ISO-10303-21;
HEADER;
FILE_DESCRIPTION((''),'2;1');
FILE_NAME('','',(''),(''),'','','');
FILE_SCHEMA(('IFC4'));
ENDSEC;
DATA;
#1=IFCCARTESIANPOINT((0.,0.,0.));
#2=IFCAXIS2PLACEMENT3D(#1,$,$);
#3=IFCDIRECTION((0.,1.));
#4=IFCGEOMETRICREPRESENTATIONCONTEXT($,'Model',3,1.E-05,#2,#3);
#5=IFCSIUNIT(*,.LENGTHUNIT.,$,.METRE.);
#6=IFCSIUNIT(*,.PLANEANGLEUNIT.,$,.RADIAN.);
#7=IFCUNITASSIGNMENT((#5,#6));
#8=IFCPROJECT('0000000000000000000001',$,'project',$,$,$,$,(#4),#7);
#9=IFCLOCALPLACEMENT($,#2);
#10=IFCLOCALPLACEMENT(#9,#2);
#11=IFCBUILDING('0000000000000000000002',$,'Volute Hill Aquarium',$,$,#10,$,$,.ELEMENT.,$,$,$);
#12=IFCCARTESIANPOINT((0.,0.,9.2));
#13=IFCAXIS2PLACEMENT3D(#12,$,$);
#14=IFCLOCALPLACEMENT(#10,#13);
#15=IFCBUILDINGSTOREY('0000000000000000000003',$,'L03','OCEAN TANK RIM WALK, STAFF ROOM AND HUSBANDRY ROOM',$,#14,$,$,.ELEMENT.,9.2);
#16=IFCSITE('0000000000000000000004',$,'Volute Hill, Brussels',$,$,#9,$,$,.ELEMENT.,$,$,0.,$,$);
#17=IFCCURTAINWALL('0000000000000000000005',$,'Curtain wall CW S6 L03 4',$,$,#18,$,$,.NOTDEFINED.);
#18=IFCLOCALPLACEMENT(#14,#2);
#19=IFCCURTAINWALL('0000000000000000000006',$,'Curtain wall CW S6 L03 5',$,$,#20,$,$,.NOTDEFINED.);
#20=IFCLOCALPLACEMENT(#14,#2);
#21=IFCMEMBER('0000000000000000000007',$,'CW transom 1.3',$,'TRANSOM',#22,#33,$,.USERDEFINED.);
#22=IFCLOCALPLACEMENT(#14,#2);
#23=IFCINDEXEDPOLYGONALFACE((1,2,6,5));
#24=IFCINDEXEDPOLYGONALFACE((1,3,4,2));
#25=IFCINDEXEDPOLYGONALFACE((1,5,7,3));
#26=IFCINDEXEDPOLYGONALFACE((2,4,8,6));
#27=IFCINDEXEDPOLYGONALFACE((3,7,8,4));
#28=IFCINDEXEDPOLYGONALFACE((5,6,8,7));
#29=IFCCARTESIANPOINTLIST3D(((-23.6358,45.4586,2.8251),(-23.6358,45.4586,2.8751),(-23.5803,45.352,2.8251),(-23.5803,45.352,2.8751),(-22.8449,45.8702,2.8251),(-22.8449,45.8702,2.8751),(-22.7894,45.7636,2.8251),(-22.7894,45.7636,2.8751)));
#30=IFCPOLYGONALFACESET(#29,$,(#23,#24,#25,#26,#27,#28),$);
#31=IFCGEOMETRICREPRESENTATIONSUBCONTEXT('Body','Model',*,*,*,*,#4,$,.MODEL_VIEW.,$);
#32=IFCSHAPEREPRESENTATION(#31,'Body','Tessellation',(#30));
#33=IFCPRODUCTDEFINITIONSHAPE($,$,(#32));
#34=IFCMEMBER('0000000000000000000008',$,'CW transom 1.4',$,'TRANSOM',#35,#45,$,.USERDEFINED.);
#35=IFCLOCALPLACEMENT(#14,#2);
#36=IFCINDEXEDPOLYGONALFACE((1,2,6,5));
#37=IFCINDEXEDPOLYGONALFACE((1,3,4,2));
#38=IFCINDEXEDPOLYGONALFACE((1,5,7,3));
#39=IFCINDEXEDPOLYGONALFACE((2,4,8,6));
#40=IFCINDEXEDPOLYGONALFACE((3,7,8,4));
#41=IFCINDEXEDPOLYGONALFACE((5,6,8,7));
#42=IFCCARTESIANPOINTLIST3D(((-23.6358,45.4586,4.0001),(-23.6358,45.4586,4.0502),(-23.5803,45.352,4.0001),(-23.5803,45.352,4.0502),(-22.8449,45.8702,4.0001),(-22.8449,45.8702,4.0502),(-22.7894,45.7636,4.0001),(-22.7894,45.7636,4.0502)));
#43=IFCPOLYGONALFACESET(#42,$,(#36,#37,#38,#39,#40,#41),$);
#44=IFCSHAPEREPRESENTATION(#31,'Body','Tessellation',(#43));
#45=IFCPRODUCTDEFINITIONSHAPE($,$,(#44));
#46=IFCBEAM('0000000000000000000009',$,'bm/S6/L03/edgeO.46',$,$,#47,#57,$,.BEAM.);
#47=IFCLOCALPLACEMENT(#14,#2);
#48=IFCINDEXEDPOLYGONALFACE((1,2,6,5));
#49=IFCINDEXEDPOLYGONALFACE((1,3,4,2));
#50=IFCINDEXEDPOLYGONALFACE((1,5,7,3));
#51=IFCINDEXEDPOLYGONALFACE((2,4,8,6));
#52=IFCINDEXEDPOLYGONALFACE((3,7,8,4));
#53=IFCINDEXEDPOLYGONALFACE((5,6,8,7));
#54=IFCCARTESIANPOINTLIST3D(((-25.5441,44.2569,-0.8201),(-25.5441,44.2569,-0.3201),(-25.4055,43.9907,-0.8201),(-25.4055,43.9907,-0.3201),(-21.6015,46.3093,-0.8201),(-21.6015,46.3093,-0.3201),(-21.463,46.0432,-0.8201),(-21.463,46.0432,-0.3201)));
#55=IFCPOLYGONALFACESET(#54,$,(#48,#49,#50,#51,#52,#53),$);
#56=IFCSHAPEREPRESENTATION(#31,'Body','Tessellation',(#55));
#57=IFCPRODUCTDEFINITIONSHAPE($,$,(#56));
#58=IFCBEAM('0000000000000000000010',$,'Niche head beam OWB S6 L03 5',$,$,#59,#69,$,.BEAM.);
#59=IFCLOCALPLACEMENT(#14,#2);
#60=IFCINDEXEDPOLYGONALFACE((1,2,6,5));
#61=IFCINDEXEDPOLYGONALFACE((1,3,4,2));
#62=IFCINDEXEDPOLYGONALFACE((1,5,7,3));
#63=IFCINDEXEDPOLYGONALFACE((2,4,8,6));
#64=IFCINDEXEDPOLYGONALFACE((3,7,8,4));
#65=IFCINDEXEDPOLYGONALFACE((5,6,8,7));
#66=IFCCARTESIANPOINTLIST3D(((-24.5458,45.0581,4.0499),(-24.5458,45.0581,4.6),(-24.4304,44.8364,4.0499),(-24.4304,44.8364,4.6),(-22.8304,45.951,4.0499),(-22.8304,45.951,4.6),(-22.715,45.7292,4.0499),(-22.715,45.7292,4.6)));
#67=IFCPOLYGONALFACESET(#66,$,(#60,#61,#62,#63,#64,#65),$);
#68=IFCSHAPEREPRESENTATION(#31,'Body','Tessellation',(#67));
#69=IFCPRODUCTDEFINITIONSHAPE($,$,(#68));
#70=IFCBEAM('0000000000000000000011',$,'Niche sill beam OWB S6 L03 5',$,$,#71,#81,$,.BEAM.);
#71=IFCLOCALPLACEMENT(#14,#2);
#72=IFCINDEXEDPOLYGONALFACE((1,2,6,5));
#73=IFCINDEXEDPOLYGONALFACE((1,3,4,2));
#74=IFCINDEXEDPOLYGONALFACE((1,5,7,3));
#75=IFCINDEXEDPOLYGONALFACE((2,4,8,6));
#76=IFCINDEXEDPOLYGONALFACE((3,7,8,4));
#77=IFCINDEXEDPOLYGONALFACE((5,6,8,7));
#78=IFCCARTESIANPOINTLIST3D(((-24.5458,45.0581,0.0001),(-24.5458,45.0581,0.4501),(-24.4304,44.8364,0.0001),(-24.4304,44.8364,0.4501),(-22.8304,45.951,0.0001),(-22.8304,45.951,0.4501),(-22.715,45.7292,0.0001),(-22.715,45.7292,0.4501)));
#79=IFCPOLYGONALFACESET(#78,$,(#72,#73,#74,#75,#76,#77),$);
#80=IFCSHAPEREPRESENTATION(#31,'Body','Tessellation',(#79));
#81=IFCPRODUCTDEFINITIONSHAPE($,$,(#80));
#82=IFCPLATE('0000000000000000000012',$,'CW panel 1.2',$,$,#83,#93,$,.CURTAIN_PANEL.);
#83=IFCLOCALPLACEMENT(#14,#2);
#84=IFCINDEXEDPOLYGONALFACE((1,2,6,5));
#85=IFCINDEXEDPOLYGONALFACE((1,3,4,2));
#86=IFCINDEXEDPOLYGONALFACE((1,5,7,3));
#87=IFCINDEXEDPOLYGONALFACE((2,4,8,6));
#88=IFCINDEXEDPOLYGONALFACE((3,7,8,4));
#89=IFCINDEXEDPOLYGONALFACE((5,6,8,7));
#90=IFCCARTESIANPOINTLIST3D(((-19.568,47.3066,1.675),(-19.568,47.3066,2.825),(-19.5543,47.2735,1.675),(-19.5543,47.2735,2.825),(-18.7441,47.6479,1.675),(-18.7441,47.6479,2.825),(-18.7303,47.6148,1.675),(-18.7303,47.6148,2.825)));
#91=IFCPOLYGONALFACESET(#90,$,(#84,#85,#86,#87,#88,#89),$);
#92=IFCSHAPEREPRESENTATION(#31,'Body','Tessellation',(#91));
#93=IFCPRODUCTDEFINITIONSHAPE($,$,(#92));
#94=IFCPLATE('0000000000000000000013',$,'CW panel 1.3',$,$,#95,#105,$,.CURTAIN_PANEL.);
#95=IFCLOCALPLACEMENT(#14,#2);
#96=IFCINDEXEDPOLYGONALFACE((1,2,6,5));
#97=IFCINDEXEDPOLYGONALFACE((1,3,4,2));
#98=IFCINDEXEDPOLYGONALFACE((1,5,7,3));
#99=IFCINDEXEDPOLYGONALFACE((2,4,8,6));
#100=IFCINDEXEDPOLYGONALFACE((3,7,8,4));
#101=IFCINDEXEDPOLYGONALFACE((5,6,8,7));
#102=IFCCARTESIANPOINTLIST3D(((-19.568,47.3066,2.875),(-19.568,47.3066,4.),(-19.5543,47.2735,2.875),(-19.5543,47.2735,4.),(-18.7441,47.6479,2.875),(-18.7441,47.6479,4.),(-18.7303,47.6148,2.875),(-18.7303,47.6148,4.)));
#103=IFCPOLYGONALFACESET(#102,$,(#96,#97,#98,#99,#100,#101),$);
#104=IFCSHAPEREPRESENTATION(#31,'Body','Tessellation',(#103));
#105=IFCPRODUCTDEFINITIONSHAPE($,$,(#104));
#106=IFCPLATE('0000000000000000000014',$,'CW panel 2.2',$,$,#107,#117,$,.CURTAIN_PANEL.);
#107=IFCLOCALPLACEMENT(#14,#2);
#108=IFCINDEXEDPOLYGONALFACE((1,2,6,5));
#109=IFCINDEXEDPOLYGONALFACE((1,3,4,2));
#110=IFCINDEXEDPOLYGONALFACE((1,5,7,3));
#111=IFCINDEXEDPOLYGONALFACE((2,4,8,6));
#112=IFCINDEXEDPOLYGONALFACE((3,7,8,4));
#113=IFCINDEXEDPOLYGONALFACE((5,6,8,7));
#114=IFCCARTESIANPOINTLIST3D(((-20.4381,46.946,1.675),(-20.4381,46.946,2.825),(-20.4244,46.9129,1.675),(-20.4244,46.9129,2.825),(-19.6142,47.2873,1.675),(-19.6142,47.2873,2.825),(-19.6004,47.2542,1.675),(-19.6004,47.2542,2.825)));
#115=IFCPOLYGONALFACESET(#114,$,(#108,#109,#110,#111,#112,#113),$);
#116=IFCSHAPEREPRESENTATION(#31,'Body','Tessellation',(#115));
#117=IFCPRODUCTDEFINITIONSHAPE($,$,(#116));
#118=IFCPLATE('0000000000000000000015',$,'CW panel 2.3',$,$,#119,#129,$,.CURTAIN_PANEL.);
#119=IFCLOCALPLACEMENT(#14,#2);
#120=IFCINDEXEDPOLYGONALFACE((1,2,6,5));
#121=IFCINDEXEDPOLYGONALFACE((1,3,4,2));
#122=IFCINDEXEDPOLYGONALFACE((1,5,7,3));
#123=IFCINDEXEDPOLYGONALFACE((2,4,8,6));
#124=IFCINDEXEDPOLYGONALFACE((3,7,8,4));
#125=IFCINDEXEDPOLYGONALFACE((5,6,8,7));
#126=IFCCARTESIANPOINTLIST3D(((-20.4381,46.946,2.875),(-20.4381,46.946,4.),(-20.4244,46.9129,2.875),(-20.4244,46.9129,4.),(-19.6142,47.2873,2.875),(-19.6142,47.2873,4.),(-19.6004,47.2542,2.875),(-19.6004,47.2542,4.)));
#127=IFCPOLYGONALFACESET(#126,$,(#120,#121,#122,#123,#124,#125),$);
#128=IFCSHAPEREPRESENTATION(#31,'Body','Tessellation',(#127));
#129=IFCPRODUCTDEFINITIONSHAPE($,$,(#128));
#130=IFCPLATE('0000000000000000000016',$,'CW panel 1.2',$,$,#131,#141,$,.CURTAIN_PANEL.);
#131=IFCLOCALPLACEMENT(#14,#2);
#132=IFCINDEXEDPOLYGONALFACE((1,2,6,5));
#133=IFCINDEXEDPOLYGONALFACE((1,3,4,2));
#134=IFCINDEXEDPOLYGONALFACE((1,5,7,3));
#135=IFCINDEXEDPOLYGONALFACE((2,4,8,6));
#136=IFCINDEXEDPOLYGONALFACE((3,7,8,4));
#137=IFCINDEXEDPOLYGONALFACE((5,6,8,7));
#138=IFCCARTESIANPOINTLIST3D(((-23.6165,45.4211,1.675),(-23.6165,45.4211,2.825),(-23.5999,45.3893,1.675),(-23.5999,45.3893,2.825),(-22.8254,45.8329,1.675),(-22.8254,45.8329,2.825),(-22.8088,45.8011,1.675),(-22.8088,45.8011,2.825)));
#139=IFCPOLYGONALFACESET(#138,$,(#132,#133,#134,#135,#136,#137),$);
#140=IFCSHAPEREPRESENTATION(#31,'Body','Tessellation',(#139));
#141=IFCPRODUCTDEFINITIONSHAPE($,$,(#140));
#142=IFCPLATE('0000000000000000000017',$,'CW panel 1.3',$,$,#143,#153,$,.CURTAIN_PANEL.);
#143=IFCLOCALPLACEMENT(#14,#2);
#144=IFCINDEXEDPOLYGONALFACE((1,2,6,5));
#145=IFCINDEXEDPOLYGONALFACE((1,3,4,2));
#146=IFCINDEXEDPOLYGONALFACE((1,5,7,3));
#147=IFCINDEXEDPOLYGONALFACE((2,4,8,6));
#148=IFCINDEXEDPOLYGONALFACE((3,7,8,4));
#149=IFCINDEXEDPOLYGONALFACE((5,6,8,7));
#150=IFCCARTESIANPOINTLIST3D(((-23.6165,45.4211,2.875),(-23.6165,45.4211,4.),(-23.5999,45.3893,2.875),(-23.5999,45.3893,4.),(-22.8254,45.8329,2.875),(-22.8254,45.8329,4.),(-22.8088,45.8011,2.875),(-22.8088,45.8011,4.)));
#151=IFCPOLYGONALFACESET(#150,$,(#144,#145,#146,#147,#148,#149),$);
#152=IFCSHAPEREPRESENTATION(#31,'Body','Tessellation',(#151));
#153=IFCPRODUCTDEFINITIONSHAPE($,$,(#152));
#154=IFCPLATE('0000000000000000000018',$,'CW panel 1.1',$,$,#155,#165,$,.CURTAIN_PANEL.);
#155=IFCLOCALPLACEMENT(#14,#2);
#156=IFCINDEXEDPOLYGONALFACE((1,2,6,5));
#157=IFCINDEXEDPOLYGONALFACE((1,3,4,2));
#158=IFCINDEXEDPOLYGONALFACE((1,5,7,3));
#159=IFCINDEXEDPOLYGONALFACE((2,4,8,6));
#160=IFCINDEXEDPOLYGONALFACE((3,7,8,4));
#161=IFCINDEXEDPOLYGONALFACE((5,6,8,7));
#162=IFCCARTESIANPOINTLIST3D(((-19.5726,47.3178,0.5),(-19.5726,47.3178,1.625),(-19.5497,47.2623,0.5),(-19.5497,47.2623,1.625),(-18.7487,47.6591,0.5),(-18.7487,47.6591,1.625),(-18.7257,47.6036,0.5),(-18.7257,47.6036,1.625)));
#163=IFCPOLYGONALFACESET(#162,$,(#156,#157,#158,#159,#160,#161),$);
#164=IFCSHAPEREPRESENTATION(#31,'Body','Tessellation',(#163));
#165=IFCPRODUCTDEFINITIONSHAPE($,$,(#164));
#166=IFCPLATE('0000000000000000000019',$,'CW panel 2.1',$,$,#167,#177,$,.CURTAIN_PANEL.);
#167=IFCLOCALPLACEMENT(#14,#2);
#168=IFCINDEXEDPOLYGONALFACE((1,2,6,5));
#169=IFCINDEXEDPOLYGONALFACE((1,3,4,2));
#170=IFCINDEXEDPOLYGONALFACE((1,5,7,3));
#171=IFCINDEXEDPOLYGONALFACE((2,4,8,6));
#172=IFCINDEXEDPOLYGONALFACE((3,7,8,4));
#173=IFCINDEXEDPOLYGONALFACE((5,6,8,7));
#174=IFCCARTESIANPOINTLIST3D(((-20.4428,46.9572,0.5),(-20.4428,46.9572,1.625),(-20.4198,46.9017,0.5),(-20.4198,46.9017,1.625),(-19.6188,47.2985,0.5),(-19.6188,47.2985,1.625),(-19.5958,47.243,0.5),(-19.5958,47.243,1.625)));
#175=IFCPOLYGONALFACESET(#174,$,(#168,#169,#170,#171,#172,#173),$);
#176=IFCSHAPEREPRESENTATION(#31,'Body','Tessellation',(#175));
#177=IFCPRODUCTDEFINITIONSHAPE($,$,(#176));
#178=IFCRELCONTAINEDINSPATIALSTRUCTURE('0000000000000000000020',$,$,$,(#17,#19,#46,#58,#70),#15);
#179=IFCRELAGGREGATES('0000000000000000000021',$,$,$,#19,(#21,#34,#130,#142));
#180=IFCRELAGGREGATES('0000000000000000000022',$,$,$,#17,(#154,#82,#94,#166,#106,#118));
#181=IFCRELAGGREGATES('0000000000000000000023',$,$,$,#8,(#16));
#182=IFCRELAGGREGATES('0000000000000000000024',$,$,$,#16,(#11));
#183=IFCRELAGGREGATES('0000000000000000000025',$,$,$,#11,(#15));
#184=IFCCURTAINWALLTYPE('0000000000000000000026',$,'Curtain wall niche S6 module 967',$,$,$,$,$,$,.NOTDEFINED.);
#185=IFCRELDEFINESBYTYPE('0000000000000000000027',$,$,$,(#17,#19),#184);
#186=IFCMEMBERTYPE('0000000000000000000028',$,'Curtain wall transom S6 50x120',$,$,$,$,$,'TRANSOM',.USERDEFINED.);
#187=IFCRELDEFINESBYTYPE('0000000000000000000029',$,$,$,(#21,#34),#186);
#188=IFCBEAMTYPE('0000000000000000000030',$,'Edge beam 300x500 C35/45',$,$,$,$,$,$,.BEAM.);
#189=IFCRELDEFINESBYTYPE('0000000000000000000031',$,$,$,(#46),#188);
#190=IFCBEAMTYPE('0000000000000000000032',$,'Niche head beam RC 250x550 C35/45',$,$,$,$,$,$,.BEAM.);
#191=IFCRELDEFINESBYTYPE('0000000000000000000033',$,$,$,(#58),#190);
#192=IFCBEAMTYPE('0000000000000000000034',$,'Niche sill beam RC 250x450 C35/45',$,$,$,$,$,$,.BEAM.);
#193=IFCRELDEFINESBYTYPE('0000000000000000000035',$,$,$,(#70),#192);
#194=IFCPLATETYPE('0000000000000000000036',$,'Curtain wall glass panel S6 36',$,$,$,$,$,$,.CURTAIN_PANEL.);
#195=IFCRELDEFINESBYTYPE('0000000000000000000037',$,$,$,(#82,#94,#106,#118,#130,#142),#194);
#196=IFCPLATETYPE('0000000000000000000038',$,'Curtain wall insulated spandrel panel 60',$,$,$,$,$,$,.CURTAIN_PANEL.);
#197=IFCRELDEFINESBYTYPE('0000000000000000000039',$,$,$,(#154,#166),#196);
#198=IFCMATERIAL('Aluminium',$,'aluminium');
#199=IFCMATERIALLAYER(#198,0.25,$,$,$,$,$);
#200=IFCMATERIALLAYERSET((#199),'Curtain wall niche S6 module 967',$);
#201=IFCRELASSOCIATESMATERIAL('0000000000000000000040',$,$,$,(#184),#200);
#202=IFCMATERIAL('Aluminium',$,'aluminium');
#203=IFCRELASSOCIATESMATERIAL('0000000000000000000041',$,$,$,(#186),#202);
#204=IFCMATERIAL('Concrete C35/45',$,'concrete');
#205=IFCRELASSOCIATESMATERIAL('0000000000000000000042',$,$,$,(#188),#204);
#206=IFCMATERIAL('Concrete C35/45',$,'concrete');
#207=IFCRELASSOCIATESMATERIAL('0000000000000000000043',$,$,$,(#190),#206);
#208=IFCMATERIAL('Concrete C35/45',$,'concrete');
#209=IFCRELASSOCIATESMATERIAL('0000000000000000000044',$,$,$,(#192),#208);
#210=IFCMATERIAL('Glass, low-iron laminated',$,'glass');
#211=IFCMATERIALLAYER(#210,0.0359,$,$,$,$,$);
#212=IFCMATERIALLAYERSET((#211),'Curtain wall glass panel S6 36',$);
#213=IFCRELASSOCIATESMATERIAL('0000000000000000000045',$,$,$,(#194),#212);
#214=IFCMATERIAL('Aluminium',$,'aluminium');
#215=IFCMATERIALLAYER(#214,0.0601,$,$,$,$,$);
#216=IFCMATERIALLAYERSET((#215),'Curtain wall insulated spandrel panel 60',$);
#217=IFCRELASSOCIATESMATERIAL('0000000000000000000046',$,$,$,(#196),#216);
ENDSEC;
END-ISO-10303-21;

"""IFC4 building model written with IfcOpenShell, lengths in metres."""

from ifc_helpers import new_model, si_unit, direction, frame, origin, origin_2d, place, context, subcontext, project, spatial, rectangle, extrude, material, layer, layer_set, material_profile, profile_set, type_object, element, aggregate, save


model = new_model("IFC4")

# Units and contexts
model_context = context("Model", 3, precision=1e-05, world=origin(), true_north=direction((0.0, 1.0)))
body_context = subcontext(model_context, "Body", "Model", "MODEL_VIEW")
ifc_project = project(units=[si_unit("LENGTHUNIT", "METRE"), si_unit("PLANEANGLEUNIT", "RADIAN")], contexts=[model_context])

# Site, building, storey
site_placement = place(None, origin())
site = spatial("IfcSite", under=ifc_project, at=site_placement, Name="Volute Hill, Brussels", CompositionType="ELEMENT", RefElevation=0.0)
building_placement = place(site_placement, origin())
building = spatial("IfcBuilding", under=site, at=building_placement, Name="Volute Hill Aquarium", CompositionType="ELEMENT")
storey_placement = place(building_placement, frame((0.0, 0.0, 9.2)))
storey = spatial("IfcBuildingStorey", under=building, at=storey_placement, Name="L03", Description="OCEAN TANK RIM WALK, STAFF ROOM AND HUSBANDRY ROOM", CompositionType="ELEMENT", Elevation=9.2)

# Curtain wall
ifc_material_1 = material(Name="Aluminium", Category="aluminium")
ifc_layer_1 = layer(ifc_material_1, 0.25)
ifc_layer_set_1 = layer_set([ifc_layer_1], Name="Curtain wall niche S6 module 967")
curtain_wall_type = type_object("IfcCurtainWallType", Name="Curtain wall niche S6 module 967", PredefinedType="NOTDEFINED", material=ifc_layer_set_1)
curtain_wall_1_placement = place(storey_placement, origin())
curtain_wall_1 = element("IfcCurtainWall", 1, at=curtain_wall_1_placement, inside=storey, type_object=curtain_wall_type, Name="Curtain wall CW S6 L03 4", PredefinedType="NOTDEFINED")

# Curtain wall
curtain_wall_2_placement = place(storey_placement, origin())
curtain_wall_2 = element("IfcCurtainWall", 2, at=curtain_wall_2_placement, inside=storey, type_object=curtain_wall_type, Name="Curtain wall CW S6 L03 5", PredefinedType="NOTDEFINED")

# Members
ifc_material_2 = material(Name="Aluminium", Category="aluminium")
ifc_material_profile_1 = material_profile(ifc_material_2, rectangle(XDim=0.1201, YDim=0.05, at=origin_2d()), Name="Curtain wall transom S6 50x120")
ifc_profile_set_1 = profile_set([ifc_material_profile_1], Name="Aluminium")
member_type_1 = type_object("IfcMemberType", Name="Curtain wall transom S6 50x120", ElementType="TRANSOM", PredefinedType="USERDEFINED", material=ifc_profile_set_1)
member_1_placement = place(storey_placement, frame((-22.8171, 45.8169, 2.8501), z_axis=(-0.887082, -0.461611, 0.0), x_axis=(0.461611, -0.887082, 0.0)))
member_1 = element("IfcMember", 3, at=member_1_placement, type_object=member_type_1, Name="CW transom 1.3", ObjectType="TRANSOM", PredefinedType="USERDEFINED", context=body_context, shape_type="SweptSolid", body=[
    extrude(rectangle(XDim=0.1201, YDim=0.05, at=origin_2d()), origin(), (0.0, 0.0, 1.0), 0.8916),
])
member_2_placement = place(storey_placement, frame((-22.8171, 45.8169, 4.0251), z_axis=(-0.887082, -0.461611, 0.0), x_axis=(0.461611, -0.887082, 0.0)))
member_2 = element("IfcMember", 4, at=member_2_placement, type_object=member_type_1, Name="CW transom 1.4", ObjectType="TRANSOM", PredefinedType="USERDEFINED", context=body_context, shape_type="SweptSolid", body=[
    extrude(rectangle(XDim=0.1201, YDim=0.05, at=origin_2d()), origin(), (0.0, 0.0, 1.0), 0.8916),
])

# Beams
ifc_material_3 = material(Name="Concrete C35/45", Category="concrete")
ifc_material_profile_2 = material_profile(ifc_material_3, rectangle(XDim=0.3, YDim=0.5, at=origin_2d()), Name="RC edge beam 300x500")
ifc_profile_set_2 = profile_set([ifc_material_profile_2], Name="Concrete C35/45")
beam_type_1 = type_object("IfcBeamType", Name="Edge beam 300x500 C35/45", PredefinedType="BEAM", material=ifc_profile_set_2)
beam_1_placement = place(storey_placement, frame((-21.5322, 46.1763, -0.5701), z_axis=(-0.887003, -0.461764, 0.0), x_axis=(0.461764, -0.887003, 0.0)))
element("IfcBeam", 5, at=beam_1_placement, inside=storey, type_object=beam_type_1, Name="bm/S6/L03/edgeO.46", PredefinedType="BEAM", context=body_context, shape_type="SweptSolid", body=[
    extrude(rectangle(XDim=0.3, YDim=0.5, at=origin_2d()), origin(), (0.0, 0.0, 1.0), 4.4448),
])
ifc_material_4 = material(Name="Concrete C35/45", Category="concrete")
ifc_material_profile_3 = material_profile(ifc_material_4, rectangle(XDim=0.25, YDim=0.55, at=origin_2d()), Name="RC beam 250x550")
ifc_profile_set_3 = profile_set([ifc_material_profile_3], Name="Concrete C35/45")
beam_type_2 = type_object("IfcBeamType", Name="Niche head beam RC 250x550 C35/45", PredefinedType="BEAM", material=ifc_profile_set_3)
beam_2_placement = place(storey_placement, frame((-22.7727, 45.8401, 4.325), z_axis=(-0.887037, -0.461699, 0.0), x_axis=(0.461699, -0.887037, 0.0)))
element("IfcBeam", 6, at=beam_2_placement, inside=storey, type_object=beam_type_2, Name="Niche head beam OWB S6 L03 5", PredefinedType="BEAM", context=body_context, shape_type="SweptSolid", body=[
    extrude(rectangle(XDim=0.25, YDim=0.55, at=origin_2d()), origin(), (0.0, 0.0, 1.0), 1.9338),
])
ifc_material_5 = material(Name="Concrete C35/45", Category="concrete")
ifc_material_profile_4 = material_profile(ifc_material_5, rectangle(XDim=0.25, YDim=0.45, at=origin_2d()), Name="RC beam 250x450")
ifc_profile_set_4 = profile_set([ifc_material_profile_4], Name="Concrete C35/45")
beam_type_3 = type_object("IfcBeamType", Name="Niche sill beam RC 250x450 C35/45", PredefinedType="BEAM", material=ifc_profile_set_4)
beam_3_placement = place(storey_placement, frame((-22.7727, 45.8401, 0.2251), z_axis=(-0.887037, -0.461699, 0.0), x_axis=(0.461699, -0.887037, 0.0)))
element("IfcBeam", 7, at=beam_3_placement, inside=storey, type_object=beam_type_3, Name="Niche sill beam OWB S6 L03 5", PredefinedType="BEAM", context=body_context, shape_type="SweptSolid", body=[
    extrude(rectangle(XDim=0.25, YDim=0.45, at=origin_2d()), origin(), (0.0, 0.0, 1.0), 1.9338),
])

# Plates
ifc_material_6 = material(Name="Glass, low-iron laminated", Category="glass")
ifc_layer_2 = layer(ifc_material_6, 0.0359)
ifc_layer_set_2 = layer_set([ifc_layer_2], Name="Curtain wall glass panel S6 36")
plate_type_1 = type_object("IfcPlateType", Name="Curtain wall glass panel S6 36", PredefinedType="CURTAIN_PANEL", material=ifc_layer_set_2)
plate_1_placement = place(storey_placement, frame((-19.1492, 47.4607, 1.675), z_axis=(0.0, 0.0, 1.0), x_axis=(-0.923881, -0.38268, 0.0)))
plate_1 = element("IfcPlate", 8, at=plate_1_placement, type_object=plate_type_1, Name="CW panel 1.2", PredefinedType="CURTAIN_PANEL", context=body_context, shape_type="SweptSolid", body=[
    extrude(rectangle(XDim=0.8918, YDim=0.0359, at=origin_2d()), origin(), (0.0, 0.0, 1.0), 1.1499),
])
plate_2_placement = place(storey_placement, frame((-19.1492, 47.4607, 2.875), z_axis=(0.0, 0.0, 1.0), x_axis=(-0.923881, -0.38268, 0.0)))
plate_2 = element("IfcPlate", 9, at=plate_2_placement, type_object=plate_type_1, Name="CW panel 1.3", PredefinedType="CURTAIN_PANEL", context=body_context, shape_type="SweptSolid", body=[
    extrude(rectangle(XDim=0.8918, YDim=0.0359, at=origin_2d()), origin(), (0.0, 0.0, 1.0), 1.125),
])
plate_3_placement = place(storey_placement, frame((-20.0193, 47.1001, 1.675), z_axis=(0.0, 0.0, 1.0), x_axis=(-0.923881, -0.38268, 0.0)))
plate_3 = element("IfcPlate", 10, at=plate_3_placement, type_object=plate_type_1, Name="CW panel 2.2", PredefinedType="CURTAIN_PANEL", context=body_context, shape_type="SweptSolid", body=[
    extrude(rectangle(XDim=0.8918, YDim=0.0359, at=origin_2d()), origin(), (0.0, 0.0, 1.0), 1.1499),
])
plate_4_placement = place(storey_placement, frame((-20.0193, 47.1001, 2.875), z_axis=(0.0, 0.0, 1.0), x_axis=(-0.923881, -0.38268, 0.0)))
plate_4 = element("IfcPlate", 11, at=plate_4_placement, type_object=plate_type_1, Name="CW panel 2.3", PredefinedType="CURTAIN_PANEL", context=body_context, shape_type="SweptSolid", body=[
    extrude(rectangle(XDim=0.8918, YDim=0.0359, at=origin_2d()), origin(), (0.0, 0.0, 1.0), 1.125),
])
plate_5_placement = place(storey_placement, frame((-23.2126, 45.6111, 1.675), z_axis=(0.0, 0.0, 1.0), x_axis=(-0.887005, -0.46176, 0.0)))
plate_5 = element("IfcPlate", 12, at=plate_5_placement, type_object=plate_type_1, Name="CW panel 1.2", PredefinedType="CURTAIN_PANEL", context=body_context, shape_type="SweptSolid", body=[
    extrude(rectangle(XDim=0.8918, YDim=0.0359, at=origin_2d()), origin(), (0.0, 0.0, 1.0), 1.1499),
])
plate_6_placement = place(storey_placement, frame((-23.2126, 45.6111, 2.875), z_axis=(0.0, 0.0, 1.0), x_axis=(-0.887005, -0.46176, 0.0)))
plate_6 = element("IfcPlate", 13, at=plate_6_placement, type_object=plate_type_1, Name="CW panel 1.3", PredefinedType="CURTAIN_PANEL", context=body_context, shape_type="SweptSolid", body=[
    extrude(rectangle(XDim=0.8918, YDim=0.0359, at=origin_2d()), origin(), (0.0, 0.0, 1.0), 1.125),
])
aggregate(curtain_wall_2, [member_1, member_2, plate_5, plate_6])
ifc_material_7 = material(Name="Aluminium", Category="aluminium")
ifc_layer_3 = layer(ifc_material_7, 0.0601)
ifc_layer_set_3 = layer_set([ifc_layer_3], Name="Curtain wall insulated spandrel panel 60")
plate_type_2 = type_object("IfcPlateType", Name="Curtain wall insulated spandrel panel 60", PredefinedType="CURTAIN_PANEL", material=ifc_layer_set_3)
plate_7_placement = place(storey_placement, frame((-19.1492, 47.4607, 0.5), z_axis=(0.0, 0.0, 1.0), x_axis=(-0.923881, -0.38268, 0.0)))
plate_7 = element("IfcPlate", 14, at=plate_7_placement, type_object=plate_type_2, Name="CW panel 1.1", PredefinedType="CURTAIN_PANEL", context=body_context, shape_type="SweptSolid", body=[
    extrude(rectangle(XDim=0.8918, YDim=0.0601, at=origin_2d()), origin(), (0.0, 0.0, 1.0), 1.125),
])
plate_8_placement = place(storey_placement, frame((-20.0193, 47.1001, 0.5), z_axis=(0.0, 0.0, 1.0), x_axis=(-0.923881, -0.38268, 0.0)))
plate_8 = element("IfcPlate", 15, at=plate_8_placement, type_object=plate_type_2, Name="CW panel 2.1", PredefinedType="CURTAIN_PANEL", context=body_context, shape_type="SweptSolid", body=[
    extrude(rectangle(XDim=0.8918, YDim=0.0601, at=origin_2d()), origin(), (0.0, 0.0, 1.0), 1.125),
])
aggregate(curtain_wall_1, [plate_7, plate_1, plate_2, plate_8, plate_3, plate_4])

save(model, "model.ifc")
